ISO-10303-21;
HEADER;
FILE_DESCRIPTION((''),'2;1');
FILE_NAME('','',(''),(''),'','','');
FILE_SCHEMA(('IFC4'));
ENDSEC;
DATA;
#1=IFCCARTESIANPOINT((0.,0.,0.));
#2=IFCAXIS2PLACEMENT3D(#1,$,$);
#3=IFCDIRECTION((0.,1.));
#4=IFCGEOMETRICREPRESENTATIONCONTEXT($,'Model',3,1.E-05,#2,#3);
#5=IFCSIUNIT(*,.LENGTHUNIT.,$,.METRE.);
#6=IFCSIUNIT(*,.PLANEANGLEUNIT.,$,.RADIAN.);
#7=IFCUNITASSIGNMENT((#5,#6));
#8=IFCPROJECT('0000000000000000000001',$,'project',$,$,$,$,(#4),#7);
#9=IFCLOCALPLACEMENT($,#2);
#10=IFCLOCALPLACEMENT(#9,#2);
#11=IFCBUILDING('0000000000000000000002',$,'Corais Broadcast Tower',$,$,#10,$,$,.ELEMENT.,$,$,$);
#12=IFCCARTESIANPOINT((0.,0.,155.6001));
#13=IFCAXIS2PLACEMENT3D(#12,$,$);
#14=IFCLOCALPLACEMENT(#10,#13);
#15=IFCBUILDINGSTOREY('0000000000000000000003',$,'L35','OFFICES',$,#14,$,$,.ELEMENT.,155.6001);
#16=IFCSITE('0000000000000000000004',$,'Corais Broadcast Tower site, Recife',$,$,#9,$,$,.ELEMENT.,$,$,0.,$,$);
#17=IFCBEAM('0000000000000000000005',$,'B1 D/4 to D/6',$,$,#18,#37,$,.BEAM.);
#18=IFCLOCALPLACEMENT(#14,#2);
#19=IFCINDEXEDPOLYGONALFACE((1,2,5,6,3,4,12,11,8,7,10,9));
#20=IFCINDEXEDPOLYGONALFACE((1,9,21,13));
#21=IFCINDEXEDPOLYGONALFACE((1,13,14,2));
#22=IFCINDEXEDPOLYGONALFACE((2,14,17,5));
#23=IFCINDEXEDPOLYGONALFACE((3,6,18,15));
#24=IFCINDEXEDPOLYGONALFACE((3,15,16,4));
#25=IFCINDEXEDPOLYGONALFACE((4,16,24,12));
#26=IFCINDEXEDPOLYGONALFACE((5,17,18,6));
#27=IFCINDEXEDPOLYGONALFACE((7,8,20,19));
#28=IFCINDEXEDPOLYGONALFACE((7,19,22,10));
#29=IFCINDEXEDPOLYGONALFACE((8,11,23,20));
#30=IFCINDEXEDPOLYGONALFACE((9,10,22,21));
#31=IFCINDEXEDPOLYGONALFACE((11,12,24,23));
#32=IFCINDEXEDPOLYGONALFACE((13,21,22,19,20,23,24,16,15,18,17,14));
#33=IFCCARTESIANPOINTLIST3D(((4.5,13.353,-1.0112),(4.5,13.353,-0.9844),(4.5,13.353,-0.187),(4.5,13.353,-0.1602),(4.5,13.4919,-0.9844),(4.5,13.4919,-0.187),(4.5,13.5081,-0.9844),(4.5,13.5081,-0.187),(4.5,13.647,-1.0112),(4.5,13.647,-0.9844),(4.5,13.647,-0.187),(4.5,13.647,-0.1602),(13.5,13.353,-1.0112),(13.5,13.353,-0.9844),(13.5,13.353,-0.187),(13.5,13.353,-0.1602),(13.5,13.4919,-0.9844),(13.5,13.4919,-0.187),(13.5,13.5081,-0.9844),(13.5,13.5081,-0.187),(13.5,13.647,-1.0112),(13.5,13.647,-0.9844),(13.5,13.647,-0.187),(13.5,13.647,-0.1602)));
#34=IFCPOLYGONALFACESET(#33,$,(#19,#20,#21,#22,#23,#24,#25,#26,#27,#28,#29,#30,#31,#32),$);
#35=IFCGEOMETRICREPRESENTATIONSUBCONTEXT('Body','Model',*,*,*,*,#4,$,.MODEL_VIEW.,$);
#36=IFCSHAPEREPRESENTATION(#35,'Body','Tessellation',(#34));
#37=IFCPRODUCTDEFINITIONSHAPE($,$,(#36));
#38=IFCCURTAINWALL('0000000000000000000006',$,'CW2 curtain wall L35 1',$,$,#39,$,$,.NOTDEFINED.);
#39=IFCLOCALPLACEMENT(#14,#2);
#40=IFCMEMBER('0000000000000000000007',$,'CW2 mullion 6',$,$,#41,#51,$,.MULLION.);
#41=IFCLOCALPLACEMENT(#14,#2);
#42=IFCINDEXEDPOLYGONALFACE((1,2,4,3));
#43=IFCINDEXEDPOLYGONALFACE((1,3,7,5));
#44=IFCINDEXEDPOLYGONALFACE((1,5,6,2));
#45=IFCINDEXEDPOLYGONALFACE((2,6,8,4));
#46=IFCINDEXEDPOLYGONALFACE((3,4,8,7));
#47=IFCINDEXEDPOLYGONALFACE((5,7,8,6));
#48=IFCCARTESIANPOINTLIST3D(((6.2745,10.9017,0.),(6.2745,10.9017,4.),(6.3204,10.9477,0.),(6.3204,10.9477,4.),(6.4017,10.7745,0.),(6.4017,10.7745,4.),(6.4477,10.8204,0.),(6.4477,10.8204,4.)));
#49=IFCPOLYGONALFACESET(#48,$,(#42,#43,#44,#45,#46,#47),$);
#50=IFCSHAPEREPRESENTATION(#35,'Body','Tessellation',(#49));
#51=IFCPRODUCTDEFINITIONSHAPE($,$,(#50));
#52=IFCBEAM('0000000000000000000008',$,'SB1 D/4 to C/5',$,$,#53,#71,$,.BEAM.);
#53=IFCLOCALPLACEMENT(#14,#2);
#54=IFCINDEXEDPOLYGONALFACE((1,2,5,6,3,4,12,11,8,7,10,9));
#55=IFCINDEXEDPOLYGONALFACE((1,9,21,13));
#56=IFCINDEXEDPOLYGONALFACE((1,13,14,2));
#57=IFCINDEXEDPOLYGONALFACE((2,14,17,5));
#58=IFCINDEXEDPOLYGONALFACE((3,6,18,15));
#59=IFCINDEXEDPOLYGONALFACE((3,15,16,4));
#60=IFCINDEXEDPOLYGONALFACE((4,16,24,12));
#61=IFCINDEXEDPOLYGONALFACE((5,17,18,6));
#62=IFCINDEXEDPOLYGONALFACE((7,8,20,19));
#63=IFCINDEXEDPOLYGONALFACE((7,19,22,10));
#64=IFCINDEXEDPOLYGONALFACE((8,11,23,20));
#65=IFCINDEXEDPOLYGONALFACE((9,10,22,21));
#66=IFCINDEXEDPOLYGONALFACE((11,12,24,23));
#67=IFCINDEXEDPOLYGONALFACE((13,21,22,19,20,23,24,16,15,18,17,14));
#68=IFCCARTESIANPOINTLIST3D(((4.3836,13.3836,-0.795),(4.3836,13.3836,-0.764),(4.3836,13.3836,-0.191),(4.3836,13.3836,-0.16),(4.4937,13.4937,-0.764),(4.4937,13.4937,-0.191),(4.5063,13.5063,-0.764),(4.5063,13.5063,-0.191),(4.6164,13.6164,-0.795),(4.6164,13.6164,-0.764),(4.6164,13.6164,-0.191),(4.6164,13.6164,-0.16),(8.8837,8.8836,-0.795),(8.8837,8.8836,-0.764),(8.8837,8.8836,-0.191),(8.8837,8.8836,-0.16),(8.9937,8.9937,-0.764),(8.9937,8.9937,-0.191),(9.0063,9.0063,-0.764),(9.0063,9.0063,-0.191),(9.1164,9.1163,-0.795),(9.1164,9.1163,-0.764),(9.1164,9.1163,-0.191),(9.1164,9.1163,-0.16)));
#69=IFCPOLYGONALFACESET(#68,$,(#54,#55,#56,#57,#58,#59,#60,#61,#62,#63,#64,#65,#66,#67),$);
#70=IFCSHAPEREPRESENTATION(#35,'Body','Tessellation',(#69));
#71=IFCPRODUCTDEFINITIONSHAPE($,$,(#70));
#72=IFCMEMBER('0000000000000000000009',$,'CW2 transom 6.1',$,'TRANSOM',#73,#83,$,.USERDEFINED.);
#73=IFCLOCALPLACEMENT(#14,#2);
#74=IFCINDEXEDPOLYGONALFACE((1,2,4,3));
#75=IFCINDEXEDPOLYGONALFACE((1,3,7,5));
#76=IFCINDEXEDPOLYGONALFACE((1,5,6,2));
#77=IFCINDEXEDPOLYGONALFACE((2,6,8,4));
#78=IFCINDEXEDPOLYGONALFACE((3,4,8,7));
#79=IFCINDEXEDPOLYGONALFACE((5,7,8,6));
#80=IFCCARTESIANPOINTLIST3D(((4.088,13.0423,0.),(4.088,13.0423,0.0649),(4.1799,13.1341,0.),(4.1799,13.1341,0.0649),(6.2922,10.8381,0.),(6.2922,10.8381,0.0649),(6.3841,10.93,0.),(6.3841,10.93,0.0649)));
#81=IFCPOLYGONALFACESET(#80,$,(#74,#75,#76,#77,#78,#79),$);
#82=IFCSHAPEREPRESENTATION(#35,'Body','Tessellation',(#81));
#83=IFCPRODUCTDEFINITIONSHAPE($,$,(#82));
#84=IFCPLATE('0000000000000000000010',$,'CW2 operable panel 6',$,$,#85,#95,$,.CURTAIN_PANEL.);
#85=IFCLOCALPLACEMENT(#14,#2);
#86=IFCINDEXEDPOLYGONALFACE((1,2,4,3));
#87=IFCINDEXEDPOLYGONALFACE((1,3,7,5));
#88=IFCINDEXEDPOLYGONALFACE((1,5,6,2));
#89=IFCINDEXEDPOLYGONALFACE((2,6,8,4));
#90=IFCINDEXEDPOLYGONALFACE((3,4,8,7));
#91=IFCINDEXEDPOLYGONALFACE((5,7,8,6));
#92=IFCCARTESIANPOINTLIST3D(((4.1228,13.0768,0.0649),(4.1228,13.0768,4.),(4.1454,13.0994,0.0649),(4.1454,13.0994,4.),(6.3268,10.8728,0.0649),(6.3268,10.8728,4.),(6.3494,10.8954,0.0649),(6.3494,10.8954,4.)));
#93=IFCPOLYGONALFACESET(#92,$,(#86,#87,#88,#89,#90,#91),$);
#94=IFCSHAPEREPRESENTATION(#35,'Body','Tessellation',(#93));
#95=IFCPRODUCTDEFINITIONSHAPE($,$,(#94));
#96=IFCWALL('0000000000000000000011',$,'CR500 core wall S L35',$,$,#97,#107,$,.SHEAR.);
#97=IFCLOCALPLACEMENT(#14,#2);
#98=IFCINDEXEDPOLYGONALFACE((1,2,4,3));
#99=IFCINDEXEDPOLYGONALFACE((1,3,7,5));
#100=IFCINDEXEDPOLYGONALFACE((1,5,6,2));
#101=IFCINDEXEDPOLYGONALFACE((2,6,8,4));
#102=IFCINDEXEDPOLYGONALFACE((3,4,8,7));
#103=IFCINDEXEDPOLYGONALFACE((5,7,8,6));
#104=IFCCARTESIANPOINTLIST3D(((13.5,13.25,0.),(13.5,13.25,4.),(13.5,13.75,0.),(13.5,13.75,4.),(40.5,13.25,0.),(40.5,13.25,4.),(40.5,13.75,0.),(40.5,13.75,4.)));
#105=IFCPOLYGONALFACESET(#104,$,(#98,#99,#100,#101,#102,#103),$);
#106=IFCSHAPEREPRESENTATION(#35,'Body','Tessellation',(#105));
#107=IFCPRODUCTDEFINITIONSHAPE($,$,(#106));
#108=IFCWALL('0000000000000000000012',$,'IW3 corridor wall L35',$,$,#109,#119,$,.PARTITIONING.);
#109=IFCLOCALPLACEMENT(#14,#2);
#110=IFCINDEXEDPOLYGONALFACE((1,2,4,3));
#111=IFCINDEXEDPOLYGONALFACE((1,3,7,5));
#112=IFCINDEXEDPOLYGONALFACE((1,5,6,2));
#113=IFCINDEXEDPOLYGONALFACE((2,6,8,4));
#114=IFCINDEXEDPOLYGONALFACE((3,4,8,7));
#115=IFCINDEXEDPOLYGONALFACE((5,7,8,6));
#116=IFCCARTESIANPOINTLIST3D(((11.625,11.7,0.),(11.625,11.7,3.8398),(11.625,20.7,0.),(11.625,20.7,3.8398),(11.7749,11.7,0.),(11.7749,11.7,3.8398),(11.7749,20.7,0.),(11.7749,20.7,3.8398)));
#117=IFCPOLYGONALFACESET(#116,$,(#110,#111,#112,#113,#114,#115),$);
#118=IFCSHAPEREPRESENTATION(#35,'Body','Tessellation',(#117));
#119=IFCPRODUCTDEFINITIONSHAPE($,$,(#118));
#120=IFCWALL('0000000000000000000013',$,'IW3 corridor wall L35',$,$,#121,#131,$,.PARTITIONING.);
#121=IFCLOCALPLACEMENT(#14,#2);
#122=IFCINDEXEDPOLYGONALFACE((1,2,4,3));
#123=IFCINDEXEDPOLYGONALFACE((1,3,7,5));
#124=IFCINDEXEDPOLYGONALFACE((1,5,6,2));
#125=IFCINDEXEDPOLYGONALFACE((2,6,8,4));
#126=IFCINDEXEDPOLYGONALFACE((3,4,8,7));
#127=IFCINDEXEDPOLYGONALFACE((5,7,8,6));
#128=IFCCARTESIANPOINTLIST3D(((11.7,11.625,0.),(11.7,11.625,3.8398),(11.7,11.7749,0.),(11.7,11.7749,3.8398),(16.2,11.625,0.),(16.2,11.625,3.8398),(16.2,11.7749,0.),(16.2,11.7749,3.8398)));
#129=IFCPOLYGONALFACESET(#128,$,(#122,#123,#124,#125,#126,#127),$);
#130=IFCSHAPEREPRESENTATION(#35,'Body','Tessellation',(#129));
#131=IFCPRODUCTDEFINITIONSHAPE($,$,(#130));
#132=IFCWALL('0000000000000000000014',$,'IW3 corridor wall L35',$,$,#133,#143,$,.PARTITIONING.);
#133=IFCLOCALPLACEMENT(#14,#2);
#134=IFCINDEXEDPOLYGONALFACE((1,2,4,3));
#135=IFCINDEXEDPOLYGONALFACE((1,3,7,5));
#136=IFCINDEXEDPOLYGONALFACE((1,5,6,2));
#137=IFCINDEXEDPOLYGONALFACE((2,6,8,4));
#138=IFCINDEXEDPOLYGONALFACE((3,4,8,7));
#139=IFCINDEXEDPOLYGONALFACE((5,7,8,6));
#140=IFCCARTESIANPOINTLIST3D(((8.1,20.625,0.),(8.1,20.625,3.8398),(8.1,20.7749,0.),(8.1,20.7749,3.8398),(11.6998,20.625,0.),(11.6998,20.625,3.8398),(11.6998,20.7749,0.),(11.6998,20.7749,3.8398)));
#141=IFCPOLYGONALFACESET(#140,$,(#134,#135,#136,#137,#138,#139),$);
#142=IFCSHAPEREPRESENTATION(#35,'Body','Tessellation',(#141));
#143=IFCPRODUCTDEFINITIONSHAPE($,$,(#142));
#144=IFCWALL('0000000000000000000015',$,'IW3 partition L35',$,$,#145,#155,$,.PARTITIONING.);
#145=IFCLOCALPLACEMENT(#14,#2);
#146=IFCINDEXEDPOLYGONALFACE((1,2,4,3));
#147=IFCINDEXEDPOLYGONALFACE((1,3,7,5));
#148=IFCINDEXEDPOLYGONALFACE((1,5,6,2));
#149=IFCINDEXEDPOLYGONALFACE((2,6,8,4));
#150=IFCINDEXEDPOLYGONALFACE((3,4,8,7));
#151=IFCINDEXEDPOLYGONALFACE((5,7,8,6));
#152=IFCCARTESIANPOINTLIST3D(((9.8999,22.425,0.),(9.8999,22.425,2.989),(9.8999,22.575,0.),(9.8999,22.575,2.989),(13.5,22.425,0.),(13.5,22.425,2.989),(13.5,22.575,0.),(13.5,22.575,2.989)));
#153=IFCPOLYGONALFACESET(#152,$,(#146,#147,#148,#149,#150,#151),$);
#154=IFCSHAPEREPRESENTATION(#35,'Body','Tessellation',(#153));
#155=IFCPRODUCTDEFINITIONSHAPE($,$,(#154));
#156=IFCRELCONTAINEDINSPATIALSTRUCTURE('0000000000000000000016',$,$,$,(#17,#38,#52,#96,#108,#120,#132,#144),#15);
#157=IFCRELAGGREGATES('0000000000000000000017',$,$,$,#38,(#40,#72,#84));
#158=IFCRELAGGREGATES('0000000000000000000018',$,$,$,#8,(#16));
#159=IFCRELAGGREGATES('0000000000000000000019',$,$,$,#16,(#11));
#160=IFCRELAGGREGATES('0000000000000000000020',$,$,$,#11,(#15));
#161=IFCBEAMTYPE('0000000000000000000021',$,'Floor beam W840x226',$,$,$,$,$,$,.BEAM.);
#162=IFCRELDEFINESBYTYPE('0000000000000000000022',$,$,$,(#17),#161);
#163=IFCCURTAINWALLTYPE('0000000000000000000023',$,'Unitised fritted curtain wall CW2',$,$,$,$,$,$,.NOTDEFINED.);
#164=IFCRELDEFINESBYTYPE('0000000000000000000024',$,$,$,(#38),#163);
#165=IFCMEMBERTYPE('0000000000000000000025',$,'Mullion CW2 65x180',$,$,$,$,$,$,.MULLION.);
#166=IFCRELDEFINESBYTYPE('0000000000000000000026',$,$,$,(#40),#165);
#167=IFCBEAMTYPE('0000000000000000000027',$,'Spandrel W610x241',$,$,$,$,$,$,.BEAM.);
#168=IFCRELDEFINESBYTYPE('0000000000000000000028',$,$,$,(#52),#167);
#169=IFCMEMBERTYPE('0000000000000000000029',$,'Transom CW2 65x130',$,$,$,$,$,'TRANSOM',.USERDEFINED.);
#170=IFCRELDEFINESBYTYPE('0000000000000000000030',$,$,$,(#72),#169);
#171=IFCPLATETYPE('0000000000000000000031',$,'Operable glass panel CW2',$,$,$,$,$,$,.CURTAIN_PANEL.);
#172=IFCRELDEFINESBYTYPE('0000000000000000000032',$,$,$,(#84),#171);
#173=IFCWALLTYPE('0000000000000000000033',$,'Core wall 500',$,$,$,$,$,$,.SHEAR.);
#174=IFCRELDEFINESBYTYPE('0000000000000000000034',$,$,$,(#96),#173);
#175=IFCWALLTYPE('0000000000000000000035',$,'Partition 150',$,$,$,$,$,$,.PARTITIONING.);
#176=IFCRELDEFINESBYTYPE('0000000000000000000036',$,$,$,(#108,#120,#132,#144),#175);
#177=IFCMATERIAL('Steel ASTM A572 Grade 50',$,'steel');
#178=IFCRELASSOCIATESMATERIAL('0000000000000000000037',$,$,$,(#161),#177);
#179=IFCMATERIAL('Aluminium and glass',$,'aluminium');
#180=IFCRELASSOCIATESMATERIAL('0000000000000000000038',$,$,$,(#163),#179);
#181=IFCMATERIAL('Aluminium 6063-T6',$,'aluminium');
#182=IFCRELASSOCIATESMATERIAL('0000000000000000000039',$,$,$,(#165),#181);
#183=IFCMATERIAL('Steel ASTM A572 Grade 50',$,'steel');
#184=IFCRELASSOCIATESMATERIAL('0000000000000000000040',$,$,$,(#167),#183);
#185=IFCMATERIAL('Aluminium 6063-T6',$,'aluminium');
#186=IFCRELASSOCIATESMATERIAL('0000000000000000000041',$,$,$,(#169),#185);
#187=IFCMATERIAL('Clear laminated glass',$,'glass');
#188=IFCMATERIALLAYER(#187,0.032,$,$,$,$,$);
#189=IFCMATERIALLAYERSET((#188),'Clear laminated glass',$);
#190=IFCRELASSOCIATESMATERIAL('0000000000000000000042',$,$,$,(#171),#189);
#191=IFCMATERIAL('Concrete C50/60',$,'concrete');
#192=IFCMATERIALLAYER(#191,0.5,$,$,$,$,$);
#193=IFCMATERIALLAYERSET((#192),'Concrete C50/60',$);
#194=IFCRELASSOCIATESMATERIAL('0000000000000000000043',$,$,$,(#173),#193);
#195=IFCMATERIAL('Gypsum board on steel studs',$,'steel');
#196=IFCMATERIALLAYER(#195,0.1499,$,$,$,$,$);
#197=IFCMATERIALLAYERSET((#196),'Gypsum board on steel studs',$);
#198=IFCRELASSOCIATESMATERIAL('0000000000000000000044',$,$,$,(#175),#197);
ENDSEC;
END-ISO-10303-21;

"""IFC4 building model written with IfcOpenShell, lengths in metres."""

from ifc_helpers import new_model, si_unit, direction, frame, frame_2d, origin, origin_2d, place, context, subcontext, project, spatial, rectangle, i_section, extrude, material, layer, layer_set, material_profile, profile_set, type_object, element, aggregate, save


model = new_model("IFC4")

# Units and contexts
model_context = context("Model", 3, precision=1e-05, world=origin(), true_north=direction((0.0, 1.0)))
body_context = subcontext(model_context, "Body", "Model", "MODEL_VIEW")
ifc_project = project(units=[si_unit("LENGTHUNIT", "METRE"), si_unit("PLANEANGLEUNIT", "RADIAN")], contexts=[model_context])

# Site, building, storey
site_placement = place(None, origin())
site = spatial("IfcSite", under=ifc_project, at=site_placement, Name="Corais Broadcast Tower site, Recife", CompositionType="ELEMENT", RefElevation=0.0)
building_placement = place(site_placement, origin())
building = spatial("IfcBuilding", under=site, at=building_placement, Name="Corais Broadcast Tower", CompositionType="ELEMENT")
storey_placement = place(building_placement, frame((0.0, 0.0, 155.6001)))
storey = spatial("IfcBuildingStorey", under=building, at=storey_placement, Name="L35", Description="OFFICES", CompositionType="ELEMENT", Elevation=155.6001)

# Beam
ifc_material_1 = material(Name="Steel ASTM A572 Grade 50", Category="steel")
ifc_material_profile_1 = material_profile(ifc_material_1, i_section(OverallWidth=0.2939, OverallDepth=0.8511, WebThickness=0.0161, FlangeThickness=0.0269, at=origin_2d()), Name="W840x226")
ifc_profile_set_1 = profile_set([ifc_material_profile_1], Name="Steel ASTM A572 Grade 50")
beam_type_1 = type_object("IfcBeamType", Name="Floor beam W840x226", PredefinedType="BEAM", material=ifc_profile_set_1)
beam_1_placement = place(storey_placement, frame((4.5, 13.5, -0.5857), z_axis=(1.0, 0.0, 0.0), x_axis=(0.0, 1.0, 0.0)))
element("IfcBeam", 1, at=beam_1_placement, inside=storey, type_object=beam_type_1, Name="B1 D/4 to D/6", PredefinedType="BEAM", context=body_context, shape_type="SweptSolid", body=[
    extrude(i_section(OverallWidth=0.2939, OverallDepth=0.8511, WebThickness=0.0161, FlangeThickness=0.0269, at=origin_2d()), origin(), (0.0, 0.0, 1.0), 9.0),
])

# Curtain wall, member
ifc_material_2 = material(Name="Aluminium and glass", Category="aluminium")
curtain_wall_type = type_object("IfcCurtainWallType", Name="Unitised fritted curtain wall CW2", PredefinedType="NOTDEFINED", material=ifc_material_2)
curtain_wall_placement = place(storey_placement, origin())
curtain_wall = element("IfcCurtainWall", 2, at=curtain_wall_placement, inside=storey, type_object=curtain_wall_type, Name="CW2 curtain wall L35 1", PredefinedType="NOTDEFINED")
ifc_material_3 = material(Name="Aluminium 6063-T6", Category="aluminium")
ifc_material_profile_2 = material_profile(ifc_material_3, rectangle(XDim=0.0649, YDim=0.1799, at=origin_2d()), Name="Mullion CW2 65x180")
ifc_profile_set_2 = profile_set([ifc_material_profile_2], Name="Aluminium 6063-T6")
member_type_1 = type_object("IfcMemberType", Name="Mullion CW2 65x180", PredefinedType="MULLION", material=ifc_profile_set_2)
member_1_placement = place(storey_placement, frame((6.3611, 10.8611, 0.0), z_axis=(0.0, 0.0, 1.0), x_axis=(-0.707107, -0.707107, 0.0)))
member_1 = element("IfcMember", 3, at=member_1_placement, type_object=member_type_1, Name="CW2 mullion 6", PredefinedType="MULLION", context=body_context, shape_type="SweptSolid", body=[
    extrude(rectangle(XDim=0.0649, YDim=0.1799, at=origin_2d()), origin(), (0.0, 0.0, 1.0), 4.0),
])

# Beam
ifc_material_4 = material(Name="Steel ASTM A572 Grade 50", Category="steel")
ifc_material_profile_3 = material_profile(ifc_material_4, i_section(OverallWidth=0.3291, OverallDepth=0.635, WebThickness=0.0178, FlangeThickness=0.031, at=origin_2d()), Name="W610x241")
ifc_profile_set_3 = profile_set([ifc_material_profile_3], Name="Steel ASTM A572 Grade 50")
beam_type_2 = type_object("IfcBeamType", Name="Spandrel W610x241", PredefinedType="BEAM", material=ifc_profile_set_3)
beam_2_placement = place(storey_placement, frame((4.5, 13.5, -0.4775), z_axis=(0.707107, -0.707107, 0.0), x_axis=(0.707107, 0.707107, 0.0)))
element("IfcBeam", 4, at=beam_2_placement, inside=storey, type_object=beam_type_2, Name="SB1 D/4 to C/5", PredefinedType="BEAM", context=body_context, shape_type="SweptSolid", body=[
    extrude(i_section(OverallWidth=0.3291, OverallDepth=0.635, WebThickness=0.0178, FlangeThickness=0.031, at=origin_2d()), origin(), (0.0, 0.0, 1.0), 6.364),
])

# Member
ifc_material_5 = material(Name="Aluminium 6063-T6", Category="aluminium")
ifc_material_profile_4 = material_profile(ifc_material_5, rectangle(XDim=0.1299, YDim=0.0649, at=origin_2d()), Name="Transom CW2 65x130")
ifc_profile_set_4 = profile_set([ifc_material_profile_4], Name="Aluminium 6063-T6")
member_type_2 = type_object("IfcMemberType", Name="Transom CW2 65x130", ElementType="TRANSOM", PredefinedType="USERDEFINED", material=ifc_profile_set_4)
member_2_placement = place(storey_placement, frame((6.3381, 10.884, 0.0325), z_axis=(-0.707107, 0.707107, 0.0), x_axis=(-0.707107, -0.707107, 0.0)))
member_2 = element("IfcMember", 5, at=member_2_placement, type_object=member_type_2, Name="CW2 transom 6.1", ObjectType="TRANSOM", PredefinedType="USERDEFINED", context=body_context, shape_type="SweptSolid", body=[
    extrude(rectangle(XDim=0.1299, YDim=0.0649, at=origin_2d()), origin(), (0.0, 0.0, 1.0), 3.1172),
])

# Plate
ifc_material_6 = material(Name="Clear laminated glass", Category="glass")
ifc_layer_1 = layer(ifc_material_6, 0.032)
ifc_layer_set_1 = layer_set([ifc_layer_1], Name="Clear laminated glass")
plate_type = type_object("IfcPlateType", Name="Operable glass panel CW2", PredefinedType="CURTAIN_PANEL", material=ifc_layer_set_1)
plate_placement = place(storey_placement, frame((5.2361, 11.9861, 0.0649), z_axis=(0.0, 0.0, 1.0), x_axis=(-0.707107, 0.707107, 0.0)))
plate = element("IfcPlate", 6, at=plate_placement, type_object=plate_type, Name="CW2 operable panel 6", PredefinedType="CURTAIN_PANEL", context=body_context, shape_type="SweptSolid", body=[
    extrude(rectangle(XDim=3.1169, YDim=0.032, at=origin_2d()), origin(), (0.0, 0.0, 1.0), 3.9351),
])
aggregate(curtain_wall, [member_1, member_2, plate])

# Walls
ifc_material_7 = material(Name="Concrete C50/60", Category="concrete")
ifc_layer_2 = layer(ifc_material_7, 0.5)
ifc_layer_set_2 = layer_set([ifc_layer_2], Name="Concrete C50/60")
wall_type_1 = type_object("IfcWallType", Name="Core wall 500", PredefinedType="SHEAR", material=ifc_layer_set_2)
wall_1_placement = place(storey_placement, frame((13.5, 13.5, 0.0), z_axis=(0.0, 0.0, 1.0), x_axis=(1.0, 0.0, 0.0)))
element("IfcWall", 7, at=wall_1_placement, inside=storey, type_object=wall_type_1, Name="CR500 core wall S L35", PredefinedType="SHEAR", context=body_context, shape_type="SweptSolid", body=[
    extrude(rectangle(XDim=27.0, YDim=0.5, at=frame_2d((13.5, 0.0))), origin(), (0.0, 0.0, 1.0), 4.0),
])
ifc_material_8 = material(Name="Gypsum board on steel studs", Category="steel")
ifc_layer_3 = layer(ifc_material_8, 0.1499)
ifc_layer_set_3 = layer_set([ifc_layer_3], Name="Gypsum board on steel studs")
wall_type_2 = type_object("IfcWallType", Name="Partition 150", PredefinedType="PARTITIONING", material=ifc_layer_set_3)
wall_2_placement = place(storey_placement, frame((11.7, 20.7, 0.0), z_axis=(0.0, 0.0, 1.0), x_axis=(0.0, -1.0, 0.0)))
element("IfcWall", 8, at=wall_2_placement, inside=storey, type_object=wall_type_2, Name="IW3 corridor wall L35", PredefinedType="PARTITIONING", context=body_context, shape_type="SweptSolid", body=[
    extrude(rectangle(XDim=9.0, YDim=0.1499, at=frame_2d((4.5, 0.0))), origin(), (0.0, 0.0, 1.0), 3.8398),
])
wall_3_placement = place(storey_placement, frame((11.7, 11.7, 0.0), z_axis=(0.0, 0.0, 1.0), x_axis=(1.0, 0.0, 0.0)))
element("IfcWall", 9, at=wall_3_placement, inside=storey, type_object=wall_type_2, Name="IW3 corridor wall L35", PredefinedType="PARTITIONING", context=body_context, shape_type="SweptSolid", body=[
    extrude(rectangle(XDim=4.5, YDim=0.1499, at=frame_2d((2.25, 0.0))), origin(), (0.0, 0.0, 1.0), 3.8398),
])
wall_4_placement = place(storey_placement, frame((8.1001, 20.7, 0.0), z_axis=(0.0, 0.0, 1.0), x_axis=(1.0, 0.0, 0.0)))
element("IfcWall", 10, at=wall_4_placement, inside=storey, type_object=wall_type_2, Name="IW3 corridor wall L35", PredefinedType="PARTITIONING", context=body_context, shape_type="SweptSolid", body=[
    extrude(rectangle(XDim=3.5999, YDim=0.1499, at=frame_2d((1.7998, 0.0))), origin(), (0.0, 0.0, 1.0), 3.8398),
])
wall_5_placement = place(storey_placement, frame((9.8999, 22.5, 0.0), z_axis=(0.0, 0.0, 1.0), x_axis=(1.0, 0.0, 0.0)))
element("IfcWall", 11, at=wall_5_placement, inside=storey, type_object=wall_type_2, Name="IW3 partition L35", PredefinedType="PARTITIONING", context=body_context, shape_type="SweptSolid", body=[
    extrude(rectangle(XDim=3.6001, YDim=0.1499, at=frame_2d((1.8, 0.0))), origin(), (0.0, 0.0, 1.0), 2.989),
])

save(model, "model.ifc")
